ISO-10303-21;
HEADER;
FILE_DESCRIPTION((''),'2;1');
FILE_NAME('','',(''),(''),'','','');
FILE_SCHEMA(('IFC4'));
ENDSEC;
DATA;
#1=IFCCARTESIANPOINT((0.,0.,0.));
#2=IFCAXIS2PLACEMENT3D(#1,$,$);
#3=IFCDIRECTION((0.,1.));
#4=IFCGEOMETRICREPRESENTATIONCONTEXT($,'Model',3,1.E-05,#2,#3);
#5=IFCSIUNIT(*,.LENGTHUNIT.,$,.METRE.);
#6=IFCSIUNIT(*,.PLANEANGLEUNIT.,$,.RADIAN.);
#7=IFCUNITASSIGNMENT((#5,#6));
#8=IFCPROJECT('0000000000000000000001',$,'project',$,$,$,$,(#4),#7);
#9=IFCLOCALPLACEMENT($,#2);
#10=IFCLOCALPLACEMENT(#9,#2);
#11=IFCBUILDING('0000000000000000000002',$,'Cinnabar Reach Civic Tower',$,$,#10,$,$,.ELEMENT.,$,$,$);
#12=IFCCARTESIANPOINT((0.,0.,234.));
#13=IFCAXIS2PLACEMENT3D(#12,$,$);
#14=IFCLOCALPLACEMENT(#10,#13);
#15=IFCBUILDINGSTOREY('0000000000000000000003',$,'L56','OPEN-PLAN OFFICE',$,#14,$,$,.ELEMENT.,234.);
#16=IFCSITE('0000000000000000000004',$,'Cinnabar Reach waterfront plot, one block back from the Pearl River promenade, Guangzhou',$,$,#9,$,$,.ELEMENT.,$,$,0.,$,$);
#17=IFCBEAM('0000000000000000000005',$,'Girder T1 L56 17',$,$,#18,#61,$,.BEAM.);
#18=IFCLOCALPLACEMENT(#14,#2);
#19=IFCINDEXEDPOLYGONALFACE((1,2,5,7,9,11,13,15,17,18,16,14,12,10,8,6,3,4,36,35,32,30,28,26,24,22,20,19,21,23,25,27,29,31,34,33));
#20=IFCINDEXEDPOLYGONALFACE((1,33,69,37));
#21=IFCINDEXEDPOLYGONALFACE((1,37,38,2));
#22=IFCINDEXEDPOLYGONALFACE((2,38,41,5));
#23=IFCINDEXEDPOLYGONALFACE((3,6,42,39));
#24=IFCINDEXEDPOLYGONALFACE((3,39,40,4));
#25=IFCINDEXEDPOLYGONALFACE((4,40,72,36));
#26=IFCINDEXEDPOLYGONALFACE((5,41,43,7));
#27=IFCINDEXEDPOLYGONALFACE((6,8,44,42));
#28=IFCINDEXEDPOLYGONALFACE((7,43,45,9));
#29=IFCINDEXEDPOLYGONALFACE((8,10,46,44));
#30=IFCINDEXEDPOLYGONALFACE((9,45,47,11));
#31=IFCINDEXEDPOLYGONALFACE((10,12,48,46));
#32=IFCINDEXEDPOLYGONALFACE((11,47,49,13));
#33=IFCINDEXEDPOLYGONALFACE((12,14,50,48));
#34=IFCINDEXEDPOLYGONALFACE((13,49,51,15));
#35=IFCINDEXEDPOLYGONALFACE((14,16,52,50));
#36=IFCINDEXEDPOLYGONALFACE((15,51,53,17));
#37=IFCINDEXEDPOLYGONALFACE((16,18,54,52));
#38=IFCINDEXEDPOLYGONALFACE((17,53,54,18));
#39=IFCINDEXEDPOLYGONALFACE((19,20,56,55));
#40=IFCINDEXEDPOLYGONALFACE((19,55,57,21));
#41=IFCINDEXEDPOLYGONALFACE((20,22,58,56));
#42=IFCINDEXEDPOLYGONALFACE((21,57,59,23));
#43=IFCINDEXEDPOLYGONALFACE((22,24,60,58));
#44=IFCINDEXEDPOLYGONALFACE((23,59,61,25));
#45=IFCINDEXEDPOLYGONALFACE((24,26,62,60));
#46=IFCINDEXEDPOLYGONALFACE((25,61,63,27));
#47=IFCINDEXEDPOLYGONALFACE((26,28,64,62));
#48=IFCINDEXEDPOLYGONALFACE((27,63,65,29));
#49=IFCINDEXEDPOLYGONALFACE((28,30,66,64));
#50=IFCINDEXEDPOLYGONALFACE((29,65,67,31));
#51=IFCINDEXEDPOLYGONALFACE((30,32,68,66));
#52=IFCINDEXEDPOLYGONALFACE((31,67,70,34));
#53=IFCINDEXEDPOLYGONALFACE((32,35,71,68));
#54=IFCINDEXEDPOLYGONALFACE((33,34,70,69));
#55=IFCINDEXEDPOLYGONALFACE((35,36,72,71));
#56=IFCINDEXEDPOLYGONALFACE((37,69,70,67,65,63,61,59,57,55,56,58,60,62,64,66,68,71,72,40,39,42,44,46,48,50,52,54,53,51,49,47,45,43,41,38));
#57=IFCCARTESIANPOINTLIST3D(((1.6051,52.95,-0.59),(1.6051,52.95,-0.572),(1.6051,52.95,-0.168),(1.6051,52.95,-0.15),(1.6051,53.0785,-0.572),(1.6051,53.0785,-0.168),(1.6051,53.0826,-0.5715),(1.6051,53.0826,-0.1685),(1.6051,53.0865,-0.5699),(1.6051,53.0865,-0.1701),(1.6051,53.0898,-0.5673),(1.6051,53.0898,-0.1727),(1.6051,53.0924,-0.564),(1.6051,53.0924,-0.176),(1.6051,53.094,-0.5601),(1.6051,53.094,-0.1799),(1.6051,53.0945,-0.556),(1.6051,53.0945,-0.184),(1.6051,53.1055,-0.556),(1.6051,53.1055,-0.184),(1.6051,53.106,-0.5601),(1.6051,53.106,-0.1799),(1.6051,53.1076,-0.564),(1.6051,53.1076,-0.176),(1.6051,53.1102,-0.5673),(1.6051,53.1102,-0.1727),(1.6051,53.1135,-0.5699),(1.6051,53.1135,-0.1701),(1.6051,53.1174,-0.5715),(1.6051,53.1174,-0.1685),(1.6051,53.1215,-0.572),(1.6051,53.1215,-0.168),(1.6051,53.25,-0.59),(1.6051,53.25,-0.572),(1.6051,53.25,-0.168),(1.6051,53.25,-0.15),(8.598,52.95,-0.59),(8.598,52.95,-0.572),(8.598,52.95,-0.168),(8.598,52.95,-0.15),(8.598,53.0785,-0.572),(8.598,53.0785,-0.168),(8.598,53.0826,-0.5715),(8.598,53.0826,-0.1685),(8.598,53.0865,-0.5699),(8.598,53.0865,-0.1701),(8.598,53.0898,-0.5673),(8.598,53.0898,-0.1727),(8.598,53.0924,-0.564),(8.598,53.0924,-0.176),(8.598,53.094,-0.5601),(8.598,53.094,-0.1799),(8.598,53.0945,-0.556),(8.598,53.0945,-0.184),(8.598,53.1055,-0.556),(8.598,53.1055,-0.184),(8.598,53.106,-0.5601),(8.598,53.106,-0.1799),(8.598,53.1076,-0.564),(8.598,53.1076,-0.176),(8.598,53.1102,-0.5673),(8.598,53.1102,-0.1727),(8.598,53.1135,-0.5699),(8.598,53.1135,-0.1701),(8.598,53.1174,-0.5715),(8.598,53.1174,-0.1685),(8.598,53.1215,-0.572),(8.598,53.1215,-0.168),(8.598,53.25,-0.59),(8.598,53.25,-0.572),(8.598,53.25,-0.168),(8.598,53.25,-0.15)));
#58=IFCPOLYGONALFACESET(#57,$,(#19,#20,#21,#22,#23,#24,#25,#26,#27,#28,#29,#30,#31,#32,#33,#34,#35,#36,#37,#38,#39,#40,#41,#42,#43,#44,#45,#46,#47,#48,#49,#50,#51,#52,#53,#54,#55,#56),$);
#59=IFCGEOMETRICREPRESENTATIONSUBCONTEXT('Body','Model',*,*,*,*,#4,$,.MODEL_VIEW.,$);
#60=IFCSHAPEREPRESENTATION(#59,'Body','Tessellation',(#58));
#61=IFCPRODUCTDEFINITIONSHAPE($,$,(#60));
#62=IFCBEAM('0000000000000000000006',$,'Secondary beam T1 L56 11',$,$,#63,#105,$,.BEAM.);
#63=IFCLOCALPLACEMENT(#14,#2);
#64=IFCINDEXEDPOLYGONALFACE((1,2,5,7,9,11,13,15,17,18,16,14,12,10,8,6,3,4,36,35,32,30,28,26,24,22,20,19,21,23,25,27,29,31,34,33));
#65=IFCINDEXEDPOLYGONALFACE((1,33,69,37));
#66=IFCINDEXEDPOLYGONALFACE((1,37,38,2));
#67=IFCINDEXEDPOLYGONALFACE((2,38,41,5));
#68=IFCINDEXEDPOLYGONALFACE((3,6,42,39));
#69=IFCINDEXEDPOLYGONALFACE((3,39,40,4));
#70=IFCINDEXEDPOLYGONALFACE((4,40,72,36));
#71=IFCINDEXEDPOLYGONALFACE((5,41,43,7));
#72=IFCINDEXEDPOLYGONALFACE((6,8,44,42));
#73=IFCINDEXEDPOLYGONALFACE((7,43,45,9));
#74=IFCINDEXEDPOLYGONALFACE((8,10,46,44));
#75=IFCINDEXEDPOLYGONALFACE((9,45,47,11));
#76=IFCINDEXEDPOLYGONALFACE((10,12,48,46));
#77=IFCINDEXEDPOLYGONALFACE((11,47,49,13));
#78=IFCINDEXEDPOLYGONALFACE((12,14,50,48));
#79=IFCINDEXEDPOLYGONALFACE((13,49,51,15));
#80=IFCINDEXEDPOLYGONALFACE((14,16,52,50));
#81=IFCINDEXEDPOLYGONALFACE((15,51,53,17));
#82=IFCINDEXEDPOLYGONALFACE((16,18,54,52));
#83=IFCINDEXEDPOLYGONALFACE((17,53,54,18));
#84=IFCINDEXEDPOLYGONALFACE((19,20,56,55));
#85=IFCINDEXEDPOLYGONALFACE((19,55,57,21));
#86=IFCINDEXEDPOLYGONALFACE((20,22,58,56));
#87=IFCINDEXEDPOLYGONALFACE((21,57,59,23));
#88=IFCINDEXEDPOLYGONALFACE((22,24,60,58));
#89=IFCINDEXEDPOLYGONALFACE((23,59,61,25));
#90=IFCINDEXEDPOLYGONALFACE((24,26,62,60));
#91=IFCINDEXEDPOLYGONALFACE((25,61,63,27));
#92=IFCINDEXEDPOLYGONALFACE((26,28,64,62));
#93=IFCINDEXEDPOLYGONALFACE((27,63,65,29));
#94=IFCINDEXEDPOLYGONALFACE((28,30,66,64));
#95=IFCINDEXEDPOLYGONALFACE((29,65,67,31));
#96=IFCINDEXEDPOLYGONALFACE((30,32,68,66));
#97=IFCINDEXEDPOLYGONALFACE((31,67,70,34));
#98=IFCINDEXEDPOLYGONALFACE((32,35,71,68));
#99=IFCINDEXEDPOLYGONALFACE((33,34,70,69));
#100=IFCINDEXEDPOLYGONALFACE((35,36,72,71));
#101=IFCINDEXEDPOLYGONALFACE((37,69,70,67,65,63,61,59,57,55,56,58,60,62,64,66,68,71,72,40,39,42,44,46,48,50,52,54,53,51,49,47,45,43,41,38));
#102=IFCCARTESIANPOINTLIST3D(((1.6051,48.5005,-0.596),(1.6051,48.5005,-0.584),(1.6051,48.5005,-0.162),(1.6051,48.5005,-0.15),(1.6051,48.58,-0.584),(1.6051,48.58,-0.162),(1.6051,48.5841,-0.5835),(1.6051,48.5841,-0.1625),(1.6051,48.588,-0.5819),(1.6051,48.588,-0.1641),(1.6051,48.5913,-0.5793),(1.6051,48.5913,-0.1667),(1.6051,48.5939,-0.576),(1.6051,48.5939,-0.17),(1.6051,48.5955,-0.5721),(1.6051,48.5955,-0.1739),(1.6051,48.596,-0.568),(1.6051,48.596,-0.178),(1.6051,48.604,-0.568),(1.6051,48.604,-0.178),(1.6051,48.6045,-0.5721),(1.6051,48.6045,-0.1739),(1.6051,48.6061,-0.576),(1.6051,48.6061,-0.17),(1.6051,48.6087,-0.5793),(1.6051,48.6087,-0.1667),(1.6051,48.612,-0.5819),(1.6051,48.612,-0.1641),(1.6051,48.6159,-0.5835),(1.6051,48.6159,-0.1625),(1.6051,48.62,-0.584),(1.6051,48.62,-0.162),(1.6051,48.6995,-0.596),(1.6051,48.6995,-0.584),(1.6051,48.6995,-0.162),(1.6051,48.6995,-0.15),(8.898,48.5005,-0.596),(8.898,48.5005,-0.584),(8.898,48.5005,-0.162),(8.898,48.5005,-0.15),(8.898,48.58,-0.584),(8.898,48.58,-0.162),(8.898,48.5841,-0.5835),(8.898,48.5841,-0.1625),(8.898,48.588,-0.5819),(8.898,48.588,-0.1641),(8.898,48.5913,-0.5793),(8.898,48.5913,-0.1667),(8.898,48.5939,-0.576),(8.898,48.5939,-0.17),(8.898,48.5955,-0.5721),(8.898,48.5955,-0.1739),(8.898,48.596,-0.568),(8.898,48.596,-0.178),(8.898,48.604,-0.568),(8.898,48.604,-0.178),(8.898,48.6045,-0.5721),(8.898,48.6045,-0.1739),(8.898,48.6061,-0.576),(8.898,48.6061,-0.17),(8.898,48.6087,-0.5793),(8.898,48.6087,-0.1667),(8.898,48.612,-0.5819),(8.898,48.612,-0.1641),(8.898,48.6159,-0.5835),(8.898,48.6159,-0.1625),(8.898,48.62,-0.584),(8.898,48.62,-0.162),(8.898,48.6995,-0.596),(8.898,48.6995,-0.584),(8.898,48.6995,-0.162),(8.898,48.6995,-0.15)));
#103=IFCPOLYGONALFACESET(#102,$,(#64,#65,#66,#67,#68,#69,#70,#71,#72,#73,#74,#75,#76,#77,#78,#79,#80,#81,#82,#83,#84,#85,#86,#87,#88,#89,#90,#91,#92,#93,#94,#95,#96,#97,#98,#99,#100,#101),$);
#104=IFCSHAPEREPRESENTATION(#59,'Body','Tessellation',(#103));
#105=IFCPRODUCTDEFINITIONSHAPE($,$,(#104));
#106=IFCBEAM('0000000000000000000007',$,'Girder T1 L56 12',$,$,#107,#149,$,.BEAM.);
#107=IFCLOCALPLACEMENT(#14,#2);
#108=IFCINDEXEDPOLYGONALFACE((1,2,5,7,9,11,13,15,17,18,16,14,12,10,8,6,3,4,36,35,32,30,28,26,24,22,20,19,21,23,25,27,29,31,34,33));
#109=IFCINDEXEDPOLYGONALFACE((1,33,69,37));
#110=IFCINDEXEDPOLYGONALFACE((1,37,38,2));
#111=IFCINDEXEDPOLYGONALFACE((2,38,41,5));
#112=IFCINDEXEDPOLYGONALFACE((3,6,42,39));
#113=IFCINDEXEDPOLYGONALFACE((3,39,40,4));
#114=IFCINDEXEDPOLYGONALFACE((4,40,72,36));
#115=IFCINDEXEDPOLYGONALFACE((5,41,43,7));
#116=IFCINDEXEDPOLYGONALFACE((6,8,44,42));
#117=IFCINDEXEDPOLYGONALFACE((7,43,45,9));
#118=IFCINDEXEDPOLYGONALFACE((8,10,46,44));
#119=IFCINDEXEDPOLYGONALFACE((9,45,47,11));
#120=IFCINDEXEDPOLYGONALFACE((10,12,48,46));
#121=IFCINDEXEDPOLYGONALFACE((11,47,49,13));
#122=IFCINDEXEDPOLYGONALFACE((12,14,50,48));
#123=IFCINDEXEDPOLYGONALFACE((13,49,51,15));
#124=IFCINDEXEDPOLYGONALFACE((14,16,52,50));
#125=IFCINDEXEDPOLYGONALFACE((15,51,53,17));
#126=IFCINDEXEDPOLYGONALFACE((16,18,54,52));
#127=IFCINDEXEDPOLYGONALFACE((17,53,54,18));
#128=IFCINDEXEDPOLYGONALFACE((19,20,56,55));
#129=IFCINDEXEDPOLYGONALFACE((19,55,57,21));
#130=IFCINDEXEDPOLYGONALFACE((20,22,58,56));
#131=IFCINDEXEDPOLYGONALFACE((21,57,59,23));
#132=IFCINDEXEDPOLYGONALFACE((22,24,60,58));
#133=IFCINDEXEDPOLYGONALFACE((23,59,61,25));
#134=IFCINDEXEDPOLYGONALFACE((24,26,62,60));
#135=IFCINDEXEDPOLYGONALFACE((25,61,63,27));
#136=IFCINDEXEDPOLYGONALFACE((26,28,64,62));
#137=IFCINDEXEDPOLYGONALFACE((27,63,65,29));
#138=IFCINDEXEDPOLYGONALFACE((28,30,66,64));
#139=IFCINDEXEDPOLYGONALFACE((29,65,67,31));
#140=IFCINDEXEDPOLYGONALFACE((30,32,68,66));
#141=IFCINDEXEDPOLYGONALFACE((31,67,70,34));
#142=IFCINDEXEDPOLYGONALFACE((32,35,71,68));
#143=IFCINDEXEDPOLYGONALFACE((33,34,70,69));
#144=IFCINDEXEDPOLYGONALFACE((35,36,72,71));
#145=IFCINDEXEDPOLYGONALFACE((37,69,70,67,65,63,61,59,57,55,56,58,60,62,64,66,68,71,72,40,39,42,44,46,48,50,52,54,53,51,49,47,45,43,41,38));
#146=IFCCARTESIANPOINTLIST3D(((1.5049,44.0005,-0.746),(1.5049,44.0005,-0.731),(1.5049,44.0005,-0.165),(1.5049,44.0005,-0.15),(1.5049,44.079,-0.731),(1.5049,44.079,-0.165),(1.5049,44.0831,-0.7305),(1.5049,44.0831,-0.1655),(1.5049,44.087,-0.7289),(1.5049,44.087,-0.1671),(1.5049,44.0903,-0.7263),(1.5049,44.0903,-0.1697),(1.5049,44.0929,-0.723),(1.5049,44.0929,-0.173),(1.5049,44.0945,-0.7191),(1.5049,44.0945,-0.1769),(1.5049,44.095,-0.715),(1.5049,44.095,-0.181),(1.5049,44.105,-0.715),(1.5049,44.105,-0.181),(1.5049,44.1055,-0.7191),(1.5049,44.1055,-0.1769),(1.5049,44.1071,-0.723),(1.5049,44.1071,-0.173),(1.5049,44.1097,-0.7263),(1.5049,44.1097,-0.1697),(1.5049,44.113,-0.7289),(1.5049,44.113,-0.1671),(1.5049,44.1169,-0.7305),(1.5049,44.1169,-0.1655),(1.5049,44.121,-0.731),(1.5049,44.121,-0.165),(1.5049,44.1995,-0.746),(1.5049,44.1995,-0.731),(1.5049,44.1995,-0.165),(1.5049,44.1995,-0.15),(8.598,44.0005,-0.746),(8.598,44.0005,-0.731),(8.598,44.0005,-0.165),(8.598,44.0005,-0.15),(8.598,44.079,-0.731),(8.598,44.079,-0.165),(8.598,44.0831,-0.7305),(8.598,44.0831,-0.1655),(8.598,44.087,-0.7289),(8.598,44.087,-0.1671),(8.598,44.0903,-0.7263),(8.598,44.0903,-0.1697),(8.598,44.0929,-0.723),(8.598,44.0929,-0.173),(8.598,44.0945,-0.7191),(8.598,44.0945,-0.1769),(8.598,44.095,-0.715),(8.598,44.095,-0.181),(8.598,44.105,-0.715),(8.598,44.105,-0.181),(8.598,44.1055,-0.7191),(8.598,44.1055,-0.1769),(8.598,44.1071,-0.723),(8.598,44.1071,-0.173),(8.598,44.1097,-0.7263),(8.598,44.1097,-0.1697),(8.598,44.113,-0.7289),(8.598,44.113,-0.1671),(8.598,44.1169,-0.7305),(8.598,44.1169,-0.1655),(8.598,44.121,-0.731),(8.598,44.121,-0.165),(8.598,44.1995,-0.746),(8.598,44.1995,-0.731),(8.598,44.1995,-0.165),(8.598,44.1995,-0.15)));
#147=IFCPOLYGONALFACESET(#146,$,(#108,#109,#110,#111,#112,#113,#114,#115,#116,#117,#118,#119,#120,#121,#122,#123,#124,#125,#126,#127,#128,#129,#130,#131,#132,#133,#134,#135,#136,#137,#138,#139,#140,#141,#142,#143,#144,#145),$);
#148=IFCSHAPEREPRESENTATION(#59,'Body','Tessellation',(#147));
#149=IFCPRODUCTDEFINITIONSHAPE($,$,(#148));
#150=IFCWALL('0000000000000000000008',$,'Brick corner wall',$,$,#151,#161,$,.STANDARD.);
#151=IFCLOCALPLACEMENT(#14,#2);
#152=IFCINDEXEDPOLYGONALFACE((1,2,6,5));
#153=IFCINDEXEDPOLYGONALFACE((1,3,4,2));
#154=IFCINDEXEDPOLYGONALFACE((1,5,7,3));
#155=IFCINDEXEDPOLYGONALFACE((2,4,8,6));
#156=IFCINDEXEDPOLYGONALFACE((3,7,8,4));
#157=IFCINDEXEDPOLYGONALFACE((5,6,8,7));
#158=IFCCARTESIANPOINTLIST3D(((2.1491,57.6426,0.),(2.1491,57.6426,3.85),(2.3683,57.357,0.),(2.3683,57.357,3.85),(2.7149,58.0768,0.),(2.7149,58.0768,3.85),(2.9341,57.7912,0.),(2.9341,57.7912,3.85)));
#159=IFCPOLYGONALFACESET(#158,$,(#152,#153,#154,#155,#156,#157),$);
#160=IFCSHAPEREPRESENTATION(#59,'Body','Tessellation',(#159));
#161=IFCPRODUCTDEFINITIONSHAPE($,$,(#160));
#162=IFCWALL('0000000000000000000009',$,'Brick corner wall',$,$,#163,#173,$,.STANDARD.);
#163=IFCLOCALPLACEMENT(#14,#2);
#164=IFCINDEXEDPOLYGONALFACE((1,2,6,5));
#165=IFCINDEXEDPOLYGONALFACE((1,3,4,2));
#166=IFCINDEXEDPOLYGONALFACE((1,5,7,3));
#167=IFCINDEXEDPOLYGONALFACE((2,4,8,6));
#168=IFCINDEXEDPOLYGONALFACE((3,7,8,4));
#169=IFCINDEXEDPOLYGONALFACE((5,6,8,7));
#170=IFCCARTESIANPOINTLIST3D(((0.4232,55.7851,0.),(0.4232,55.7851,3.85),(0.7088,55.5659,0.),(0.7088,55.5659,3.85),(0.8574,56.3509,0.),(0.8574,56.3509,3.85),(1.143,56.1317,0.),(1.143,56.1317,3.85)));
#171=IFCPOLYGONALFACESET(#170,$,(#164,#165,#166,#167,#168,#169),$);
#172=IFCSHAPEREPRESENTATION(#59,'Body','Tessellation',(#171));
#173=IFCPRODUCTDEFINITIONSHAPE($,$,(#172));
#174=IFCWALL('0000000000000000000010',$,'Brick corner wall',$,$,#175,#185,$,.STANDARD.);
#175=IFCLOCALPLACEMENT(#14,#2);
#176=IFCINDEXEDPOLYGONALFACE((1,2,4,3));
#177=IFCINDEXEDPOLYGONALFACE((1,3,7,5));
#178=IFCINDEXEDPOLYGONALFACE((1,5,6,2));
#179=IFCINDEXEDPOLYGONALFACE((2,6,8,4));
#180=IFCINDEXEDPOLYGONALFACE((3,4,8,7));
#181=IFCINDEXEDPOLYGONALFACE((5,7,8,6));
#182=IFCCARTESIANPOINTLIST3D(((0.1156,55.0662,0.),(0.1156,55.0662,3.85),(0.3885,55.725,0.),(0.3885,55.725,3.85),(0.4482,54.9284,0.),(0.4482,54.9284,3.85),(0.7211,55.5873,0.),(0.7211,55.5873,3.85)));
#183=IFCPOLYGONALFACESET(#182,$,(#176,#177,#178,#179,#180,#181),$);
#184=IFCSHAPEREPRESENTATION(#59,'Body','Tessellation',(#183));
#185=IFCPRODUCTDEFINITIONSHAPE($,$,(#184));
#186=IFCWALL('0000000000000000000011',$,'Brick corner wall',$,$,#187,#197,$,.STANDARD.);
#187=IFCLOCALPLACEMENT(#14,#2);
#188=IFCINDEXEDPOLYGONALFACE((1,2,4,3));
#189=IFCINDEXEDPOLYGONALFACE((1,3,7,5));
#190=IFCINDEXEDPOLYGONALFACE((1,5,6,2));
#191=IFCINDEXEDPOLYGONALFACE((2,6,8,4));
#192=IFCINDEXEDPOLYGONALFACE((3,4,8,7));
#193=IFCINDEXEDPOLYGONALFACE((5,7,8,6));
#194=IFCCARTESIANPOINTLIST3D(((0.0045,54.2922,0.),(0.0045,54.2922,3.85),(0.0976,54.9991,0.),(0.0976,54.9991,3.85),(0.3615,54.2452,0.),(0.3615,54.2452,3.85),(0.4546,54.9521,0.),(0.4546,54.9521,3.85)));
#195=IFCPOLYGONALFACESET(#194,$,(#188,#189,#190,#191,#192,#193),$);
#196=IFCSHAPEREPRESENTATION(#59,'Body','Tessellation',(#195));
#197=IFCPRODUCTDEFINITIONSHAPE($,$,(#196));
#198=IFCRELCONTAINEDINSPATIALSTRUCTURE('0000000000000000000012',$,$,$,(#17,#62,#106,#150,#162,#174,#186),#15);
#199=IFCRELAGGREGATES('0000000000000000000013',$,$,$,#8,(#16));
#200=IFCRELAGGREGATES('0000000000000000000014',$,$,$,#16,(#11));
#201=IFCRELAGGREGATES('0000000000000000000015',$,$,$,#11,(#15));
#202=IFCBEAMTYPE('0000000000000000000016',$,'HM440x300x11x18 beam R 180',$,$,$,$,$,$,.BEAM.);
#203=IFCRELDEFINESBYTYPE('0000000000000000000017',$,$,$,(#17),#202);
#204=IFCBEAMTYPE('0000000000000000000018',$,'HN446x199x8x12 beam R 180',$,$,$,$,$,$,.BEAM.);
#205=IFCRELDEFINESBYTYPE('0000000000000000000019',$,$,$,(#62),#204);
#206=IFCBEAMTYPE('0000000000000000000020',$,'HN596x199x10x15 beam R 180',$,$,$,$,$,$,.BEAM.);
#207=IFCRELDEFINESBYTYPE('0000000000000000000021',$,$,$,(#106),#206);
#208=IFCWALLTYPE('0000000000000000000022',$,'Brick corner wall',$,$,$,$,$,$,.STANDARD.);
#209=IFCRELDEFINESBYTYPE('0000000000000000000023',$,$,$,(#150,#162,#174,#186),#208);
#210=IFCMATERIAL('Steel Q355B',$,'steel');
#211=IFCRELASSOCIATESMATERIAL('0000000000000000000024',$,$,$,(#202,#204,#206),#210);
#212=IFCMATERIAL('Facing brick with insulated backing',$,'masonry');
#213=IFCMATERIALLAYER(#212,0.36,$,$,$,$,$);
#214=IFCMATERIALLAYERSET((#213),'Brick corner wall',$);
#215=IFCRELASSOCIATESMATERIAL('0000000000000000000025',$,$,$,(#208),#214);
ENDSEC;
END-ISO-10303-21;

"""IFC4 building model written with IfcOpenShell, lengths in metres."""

from ifc_helpers import new_model, si_unit, direction, frame, frame_2d, origin, origin_2d, place, context, subcontext, project, spatial, rectangle, i_section, extrude, material, layer, layer_set, material_profile, profile_set, type_object, element, save


model = new_model("IFC4")

# Units and contexts
model_context = context("Model", 3, precision=1e-05, world=origin(), true_north=direction((0.0, 1.0)))
body_context = subcontext(model_context, "Body", "Model", "MODEL_VIEW")
ifc_project = project(units=[si_unit("LENGTHUNIT", "METRE"), si_unit("PLANEANGLEUNIT", "RADIAN")], contexts=[model_context])

# Site, building, storey
site_placement = place(None, origin())
site = spatial("IfcSite", under=ifc_project, at=site_placement, Name="Cinnabar Reach waterfront plot, one block back from the Pearl River promenade, Guangzhou", CompositionType="ELEMENT", RefElevation=0.0)
building_placement = place(site_placement, origin())
building = spatial("IfcBuilding", under=site, at=building_placement, Name="Cinnabar Reach Civic Tower", CompositionType="ELEMENT")
storey_placement = place(building_placement, frame((0.0, 0.0, 234.0)))
storey = spatial("IfcBuildingStorey", under=building, at=storey_placement, Name="L56", Description="OPEN-PLAN OFFICE", CompositionType="ELEMENT", Elevation=234.0)

# Beams
ifc_material_1 = material(Name="Steel Q355B", Category="steel")
ifc_material_profile_1 = material_profile(ifc_material_1, i_section(OverallWidth=0.3, OverallDepth=0.44, WebThickness=0.011, FlangeThickness=0.018, FilletRadius=0.016, at=origin_2d()), Name="HM440x300x11x18")
ifc_profile_set_1 = profile_set([ifc_material_profile_1], Name="Steel Q355B")
beam_type_1 = type_object("IfcBeamType", Name="HM440x300x11x18 beam R 180", PredefinedType="BEAM", material=ifc_profile_set_1)
beam_1_placement = place(storey_placement, frame((1.6051, 53.1, -0.37), z_axis=(1.0, 0.0, 0.0), x_axis=(0.0, 1.0, 0.0)))
element("IfcBeam", 1, at=beam_1_placement, inside=storey, type_object=beam_type_1, Name="Girder T1 L56 17", PredefinedType="BEAM", context=body_context, shape_type="SweptSolid", body=[
    extrude(i_section(OverallWidth=0.3, OverallDepth=0.44, WebThickness=0.011, FlangeThickness=0.018, FilletRadius=0.016, at=origin_2d()), origin(), (0.0, 0.0, 1.0), 6.9929),
])
ifc_material_profile_2 = material_profile(ifc_material_1, i_section(OverallWidth=0.199, OverallDepth=0.446, WebThickness=0.008, FlangeThickness=0.012, FilletRadius=0.016, at=origin_2d()), Name="HN446x199x8x12")
ifc_profile_set_2 = profile_set([ifc_material_profile_2], Name="Steel Q355B")
beam_type_2 = type_object("IfcBeamType", Name="HN446x199x8x12 beam R 180", PredefinedType="BEAM", material=ifc_profile_set_2)
beam_2_placement = place(storey_placement, frame((1.6051, 48.6, -0.373), z_axis=(1.0, 0.0, 0.0), x_axis=(0.0, 1.0, 0.0)))
element("IfcBeam", 2, at=beam_2_placement, inside=storey, type_object=beam_type_2, Name="Secondary beam T1 L56 11", PredefinedType="BEAM", context=body_context, shape_type="SweptSolid", body=[
    extrude(i_section(OverallWidth=0.199, OverallDepth=0.446, WebThickness=0.008, FlangeThickness=0.012, FilletRadius=0.016, at=origin_2d()), origin(), (0.0, 0.0, 1.0), 7.2929),
])
ifc_material_profile_3 = material_profile(ifc_material_1, i_section(OverallWidth=0.199, OverallDepth=0.596, WebThickness=0.01, FlangeThickness=0.015, FilletRadius=0.016, at=origin_2d()), Name="HN596x199x10x15")
ifc_profile_set_3 = profile_set([ifc_material_profile_3], Name="Steel Q355B")
beam_type_3 = type_object("IfcBeamType", Name="HN596x199x10x15 beam R 180", PredefinedType="BEAM", material=ifc_profile_set_3)
beam_3_placement = place(storey_placement, frame((1.5049, 44.1, -0.448), z_axis=(1.0, 0.0, 0.0), x_axis=(0.0, 1.0, 0.0)))
element("IfcBeam", 3, at=beam_3_placement, inside=storey, type_object=beam_type_3, Name="Girder T1 L56 12", PredefinedType="BEAM", context=body_context, shape_type="SweptSolid", body=[
    extrude(i_section(OverallWidth=0.199, OverallDepth=0.596, WebThickness=0.01, FlangeThickness=0.015, FilletRadius=0.016, at=origin_2d()), origin(), (0.0, 0.0, 1.0), 7.0931),
])

# Walls
ifc_material_2 = material(Name="Facing brick with insulated backing", Category="masonry")
ifc_layer_1 = layer(ifc_material_2, 0.36)
ifc_layer_set_1 = layer_set([ifc_layer_1], Name="Brick corner wall")
wall_type_1 = type_object("IfcWallType", Name="Brick corner wall", PredefinedType="STANDARD", material=ifc_layer_set_1)
for number, where, z_axis, x_axis, name in (
    (4, (2.8245, 57.934, 0.0), (0.0, 0.0, 1.0), (-0.793322, -0.608802, 0.0), "Brick corner wall"),
    (5, (1.0002, 56.2413, 0.0), (0.0, 0.0, 1.0), (-0.608802, -0.793322, 0.0), "Brick corner wall"),
):
    element("IfcWall", number, at=place(storey_placement, frame(where, z_axis=z_axis, x_axis=x_axis)), inside=storey, type_object=wall_type_1, Name=name, PredefinedType="STANDARD", context=body_context, shape_type="SweptSolid", body=[
        extrude(rectangle(XDim=0.7132, YDim=0.36, at=frame_2d((0.3566, 0.0))), origin(), (0.0, 0.0, 1.0), 3.85),
    ])
for number, where, z_axis, x_axis, name in (
    (6, (0.5548, 55.6561, 0.0), (0.0, 0.0, 1.0), (-0.382703, -0.923872, 0.0), "Brick corner wall"),
    (7, (0.2761, 54.9756, 0.0), (0.0, 0.0, 1.0), (-0.130556, -0.991441, 0.0), "Brick corner wall"),
):
    element("IfcWall", number, at=place(storey_placement, frame(where, z_axis=z_axis, x_axis=x_axis)), inside=storey, type_object=wall_type_1, Name=name, PredefinedType="STANDARD", context=body_context, shape_type="SweptSolid", body=[
        extrude(rectangle(XDim=0.7131, YDim=0.36, at=frame_2d((0.3565, 0.0))), origin(), (0.0, 0.0, 1.0), 3.85),
    ])

save(model, "model.ifc")
